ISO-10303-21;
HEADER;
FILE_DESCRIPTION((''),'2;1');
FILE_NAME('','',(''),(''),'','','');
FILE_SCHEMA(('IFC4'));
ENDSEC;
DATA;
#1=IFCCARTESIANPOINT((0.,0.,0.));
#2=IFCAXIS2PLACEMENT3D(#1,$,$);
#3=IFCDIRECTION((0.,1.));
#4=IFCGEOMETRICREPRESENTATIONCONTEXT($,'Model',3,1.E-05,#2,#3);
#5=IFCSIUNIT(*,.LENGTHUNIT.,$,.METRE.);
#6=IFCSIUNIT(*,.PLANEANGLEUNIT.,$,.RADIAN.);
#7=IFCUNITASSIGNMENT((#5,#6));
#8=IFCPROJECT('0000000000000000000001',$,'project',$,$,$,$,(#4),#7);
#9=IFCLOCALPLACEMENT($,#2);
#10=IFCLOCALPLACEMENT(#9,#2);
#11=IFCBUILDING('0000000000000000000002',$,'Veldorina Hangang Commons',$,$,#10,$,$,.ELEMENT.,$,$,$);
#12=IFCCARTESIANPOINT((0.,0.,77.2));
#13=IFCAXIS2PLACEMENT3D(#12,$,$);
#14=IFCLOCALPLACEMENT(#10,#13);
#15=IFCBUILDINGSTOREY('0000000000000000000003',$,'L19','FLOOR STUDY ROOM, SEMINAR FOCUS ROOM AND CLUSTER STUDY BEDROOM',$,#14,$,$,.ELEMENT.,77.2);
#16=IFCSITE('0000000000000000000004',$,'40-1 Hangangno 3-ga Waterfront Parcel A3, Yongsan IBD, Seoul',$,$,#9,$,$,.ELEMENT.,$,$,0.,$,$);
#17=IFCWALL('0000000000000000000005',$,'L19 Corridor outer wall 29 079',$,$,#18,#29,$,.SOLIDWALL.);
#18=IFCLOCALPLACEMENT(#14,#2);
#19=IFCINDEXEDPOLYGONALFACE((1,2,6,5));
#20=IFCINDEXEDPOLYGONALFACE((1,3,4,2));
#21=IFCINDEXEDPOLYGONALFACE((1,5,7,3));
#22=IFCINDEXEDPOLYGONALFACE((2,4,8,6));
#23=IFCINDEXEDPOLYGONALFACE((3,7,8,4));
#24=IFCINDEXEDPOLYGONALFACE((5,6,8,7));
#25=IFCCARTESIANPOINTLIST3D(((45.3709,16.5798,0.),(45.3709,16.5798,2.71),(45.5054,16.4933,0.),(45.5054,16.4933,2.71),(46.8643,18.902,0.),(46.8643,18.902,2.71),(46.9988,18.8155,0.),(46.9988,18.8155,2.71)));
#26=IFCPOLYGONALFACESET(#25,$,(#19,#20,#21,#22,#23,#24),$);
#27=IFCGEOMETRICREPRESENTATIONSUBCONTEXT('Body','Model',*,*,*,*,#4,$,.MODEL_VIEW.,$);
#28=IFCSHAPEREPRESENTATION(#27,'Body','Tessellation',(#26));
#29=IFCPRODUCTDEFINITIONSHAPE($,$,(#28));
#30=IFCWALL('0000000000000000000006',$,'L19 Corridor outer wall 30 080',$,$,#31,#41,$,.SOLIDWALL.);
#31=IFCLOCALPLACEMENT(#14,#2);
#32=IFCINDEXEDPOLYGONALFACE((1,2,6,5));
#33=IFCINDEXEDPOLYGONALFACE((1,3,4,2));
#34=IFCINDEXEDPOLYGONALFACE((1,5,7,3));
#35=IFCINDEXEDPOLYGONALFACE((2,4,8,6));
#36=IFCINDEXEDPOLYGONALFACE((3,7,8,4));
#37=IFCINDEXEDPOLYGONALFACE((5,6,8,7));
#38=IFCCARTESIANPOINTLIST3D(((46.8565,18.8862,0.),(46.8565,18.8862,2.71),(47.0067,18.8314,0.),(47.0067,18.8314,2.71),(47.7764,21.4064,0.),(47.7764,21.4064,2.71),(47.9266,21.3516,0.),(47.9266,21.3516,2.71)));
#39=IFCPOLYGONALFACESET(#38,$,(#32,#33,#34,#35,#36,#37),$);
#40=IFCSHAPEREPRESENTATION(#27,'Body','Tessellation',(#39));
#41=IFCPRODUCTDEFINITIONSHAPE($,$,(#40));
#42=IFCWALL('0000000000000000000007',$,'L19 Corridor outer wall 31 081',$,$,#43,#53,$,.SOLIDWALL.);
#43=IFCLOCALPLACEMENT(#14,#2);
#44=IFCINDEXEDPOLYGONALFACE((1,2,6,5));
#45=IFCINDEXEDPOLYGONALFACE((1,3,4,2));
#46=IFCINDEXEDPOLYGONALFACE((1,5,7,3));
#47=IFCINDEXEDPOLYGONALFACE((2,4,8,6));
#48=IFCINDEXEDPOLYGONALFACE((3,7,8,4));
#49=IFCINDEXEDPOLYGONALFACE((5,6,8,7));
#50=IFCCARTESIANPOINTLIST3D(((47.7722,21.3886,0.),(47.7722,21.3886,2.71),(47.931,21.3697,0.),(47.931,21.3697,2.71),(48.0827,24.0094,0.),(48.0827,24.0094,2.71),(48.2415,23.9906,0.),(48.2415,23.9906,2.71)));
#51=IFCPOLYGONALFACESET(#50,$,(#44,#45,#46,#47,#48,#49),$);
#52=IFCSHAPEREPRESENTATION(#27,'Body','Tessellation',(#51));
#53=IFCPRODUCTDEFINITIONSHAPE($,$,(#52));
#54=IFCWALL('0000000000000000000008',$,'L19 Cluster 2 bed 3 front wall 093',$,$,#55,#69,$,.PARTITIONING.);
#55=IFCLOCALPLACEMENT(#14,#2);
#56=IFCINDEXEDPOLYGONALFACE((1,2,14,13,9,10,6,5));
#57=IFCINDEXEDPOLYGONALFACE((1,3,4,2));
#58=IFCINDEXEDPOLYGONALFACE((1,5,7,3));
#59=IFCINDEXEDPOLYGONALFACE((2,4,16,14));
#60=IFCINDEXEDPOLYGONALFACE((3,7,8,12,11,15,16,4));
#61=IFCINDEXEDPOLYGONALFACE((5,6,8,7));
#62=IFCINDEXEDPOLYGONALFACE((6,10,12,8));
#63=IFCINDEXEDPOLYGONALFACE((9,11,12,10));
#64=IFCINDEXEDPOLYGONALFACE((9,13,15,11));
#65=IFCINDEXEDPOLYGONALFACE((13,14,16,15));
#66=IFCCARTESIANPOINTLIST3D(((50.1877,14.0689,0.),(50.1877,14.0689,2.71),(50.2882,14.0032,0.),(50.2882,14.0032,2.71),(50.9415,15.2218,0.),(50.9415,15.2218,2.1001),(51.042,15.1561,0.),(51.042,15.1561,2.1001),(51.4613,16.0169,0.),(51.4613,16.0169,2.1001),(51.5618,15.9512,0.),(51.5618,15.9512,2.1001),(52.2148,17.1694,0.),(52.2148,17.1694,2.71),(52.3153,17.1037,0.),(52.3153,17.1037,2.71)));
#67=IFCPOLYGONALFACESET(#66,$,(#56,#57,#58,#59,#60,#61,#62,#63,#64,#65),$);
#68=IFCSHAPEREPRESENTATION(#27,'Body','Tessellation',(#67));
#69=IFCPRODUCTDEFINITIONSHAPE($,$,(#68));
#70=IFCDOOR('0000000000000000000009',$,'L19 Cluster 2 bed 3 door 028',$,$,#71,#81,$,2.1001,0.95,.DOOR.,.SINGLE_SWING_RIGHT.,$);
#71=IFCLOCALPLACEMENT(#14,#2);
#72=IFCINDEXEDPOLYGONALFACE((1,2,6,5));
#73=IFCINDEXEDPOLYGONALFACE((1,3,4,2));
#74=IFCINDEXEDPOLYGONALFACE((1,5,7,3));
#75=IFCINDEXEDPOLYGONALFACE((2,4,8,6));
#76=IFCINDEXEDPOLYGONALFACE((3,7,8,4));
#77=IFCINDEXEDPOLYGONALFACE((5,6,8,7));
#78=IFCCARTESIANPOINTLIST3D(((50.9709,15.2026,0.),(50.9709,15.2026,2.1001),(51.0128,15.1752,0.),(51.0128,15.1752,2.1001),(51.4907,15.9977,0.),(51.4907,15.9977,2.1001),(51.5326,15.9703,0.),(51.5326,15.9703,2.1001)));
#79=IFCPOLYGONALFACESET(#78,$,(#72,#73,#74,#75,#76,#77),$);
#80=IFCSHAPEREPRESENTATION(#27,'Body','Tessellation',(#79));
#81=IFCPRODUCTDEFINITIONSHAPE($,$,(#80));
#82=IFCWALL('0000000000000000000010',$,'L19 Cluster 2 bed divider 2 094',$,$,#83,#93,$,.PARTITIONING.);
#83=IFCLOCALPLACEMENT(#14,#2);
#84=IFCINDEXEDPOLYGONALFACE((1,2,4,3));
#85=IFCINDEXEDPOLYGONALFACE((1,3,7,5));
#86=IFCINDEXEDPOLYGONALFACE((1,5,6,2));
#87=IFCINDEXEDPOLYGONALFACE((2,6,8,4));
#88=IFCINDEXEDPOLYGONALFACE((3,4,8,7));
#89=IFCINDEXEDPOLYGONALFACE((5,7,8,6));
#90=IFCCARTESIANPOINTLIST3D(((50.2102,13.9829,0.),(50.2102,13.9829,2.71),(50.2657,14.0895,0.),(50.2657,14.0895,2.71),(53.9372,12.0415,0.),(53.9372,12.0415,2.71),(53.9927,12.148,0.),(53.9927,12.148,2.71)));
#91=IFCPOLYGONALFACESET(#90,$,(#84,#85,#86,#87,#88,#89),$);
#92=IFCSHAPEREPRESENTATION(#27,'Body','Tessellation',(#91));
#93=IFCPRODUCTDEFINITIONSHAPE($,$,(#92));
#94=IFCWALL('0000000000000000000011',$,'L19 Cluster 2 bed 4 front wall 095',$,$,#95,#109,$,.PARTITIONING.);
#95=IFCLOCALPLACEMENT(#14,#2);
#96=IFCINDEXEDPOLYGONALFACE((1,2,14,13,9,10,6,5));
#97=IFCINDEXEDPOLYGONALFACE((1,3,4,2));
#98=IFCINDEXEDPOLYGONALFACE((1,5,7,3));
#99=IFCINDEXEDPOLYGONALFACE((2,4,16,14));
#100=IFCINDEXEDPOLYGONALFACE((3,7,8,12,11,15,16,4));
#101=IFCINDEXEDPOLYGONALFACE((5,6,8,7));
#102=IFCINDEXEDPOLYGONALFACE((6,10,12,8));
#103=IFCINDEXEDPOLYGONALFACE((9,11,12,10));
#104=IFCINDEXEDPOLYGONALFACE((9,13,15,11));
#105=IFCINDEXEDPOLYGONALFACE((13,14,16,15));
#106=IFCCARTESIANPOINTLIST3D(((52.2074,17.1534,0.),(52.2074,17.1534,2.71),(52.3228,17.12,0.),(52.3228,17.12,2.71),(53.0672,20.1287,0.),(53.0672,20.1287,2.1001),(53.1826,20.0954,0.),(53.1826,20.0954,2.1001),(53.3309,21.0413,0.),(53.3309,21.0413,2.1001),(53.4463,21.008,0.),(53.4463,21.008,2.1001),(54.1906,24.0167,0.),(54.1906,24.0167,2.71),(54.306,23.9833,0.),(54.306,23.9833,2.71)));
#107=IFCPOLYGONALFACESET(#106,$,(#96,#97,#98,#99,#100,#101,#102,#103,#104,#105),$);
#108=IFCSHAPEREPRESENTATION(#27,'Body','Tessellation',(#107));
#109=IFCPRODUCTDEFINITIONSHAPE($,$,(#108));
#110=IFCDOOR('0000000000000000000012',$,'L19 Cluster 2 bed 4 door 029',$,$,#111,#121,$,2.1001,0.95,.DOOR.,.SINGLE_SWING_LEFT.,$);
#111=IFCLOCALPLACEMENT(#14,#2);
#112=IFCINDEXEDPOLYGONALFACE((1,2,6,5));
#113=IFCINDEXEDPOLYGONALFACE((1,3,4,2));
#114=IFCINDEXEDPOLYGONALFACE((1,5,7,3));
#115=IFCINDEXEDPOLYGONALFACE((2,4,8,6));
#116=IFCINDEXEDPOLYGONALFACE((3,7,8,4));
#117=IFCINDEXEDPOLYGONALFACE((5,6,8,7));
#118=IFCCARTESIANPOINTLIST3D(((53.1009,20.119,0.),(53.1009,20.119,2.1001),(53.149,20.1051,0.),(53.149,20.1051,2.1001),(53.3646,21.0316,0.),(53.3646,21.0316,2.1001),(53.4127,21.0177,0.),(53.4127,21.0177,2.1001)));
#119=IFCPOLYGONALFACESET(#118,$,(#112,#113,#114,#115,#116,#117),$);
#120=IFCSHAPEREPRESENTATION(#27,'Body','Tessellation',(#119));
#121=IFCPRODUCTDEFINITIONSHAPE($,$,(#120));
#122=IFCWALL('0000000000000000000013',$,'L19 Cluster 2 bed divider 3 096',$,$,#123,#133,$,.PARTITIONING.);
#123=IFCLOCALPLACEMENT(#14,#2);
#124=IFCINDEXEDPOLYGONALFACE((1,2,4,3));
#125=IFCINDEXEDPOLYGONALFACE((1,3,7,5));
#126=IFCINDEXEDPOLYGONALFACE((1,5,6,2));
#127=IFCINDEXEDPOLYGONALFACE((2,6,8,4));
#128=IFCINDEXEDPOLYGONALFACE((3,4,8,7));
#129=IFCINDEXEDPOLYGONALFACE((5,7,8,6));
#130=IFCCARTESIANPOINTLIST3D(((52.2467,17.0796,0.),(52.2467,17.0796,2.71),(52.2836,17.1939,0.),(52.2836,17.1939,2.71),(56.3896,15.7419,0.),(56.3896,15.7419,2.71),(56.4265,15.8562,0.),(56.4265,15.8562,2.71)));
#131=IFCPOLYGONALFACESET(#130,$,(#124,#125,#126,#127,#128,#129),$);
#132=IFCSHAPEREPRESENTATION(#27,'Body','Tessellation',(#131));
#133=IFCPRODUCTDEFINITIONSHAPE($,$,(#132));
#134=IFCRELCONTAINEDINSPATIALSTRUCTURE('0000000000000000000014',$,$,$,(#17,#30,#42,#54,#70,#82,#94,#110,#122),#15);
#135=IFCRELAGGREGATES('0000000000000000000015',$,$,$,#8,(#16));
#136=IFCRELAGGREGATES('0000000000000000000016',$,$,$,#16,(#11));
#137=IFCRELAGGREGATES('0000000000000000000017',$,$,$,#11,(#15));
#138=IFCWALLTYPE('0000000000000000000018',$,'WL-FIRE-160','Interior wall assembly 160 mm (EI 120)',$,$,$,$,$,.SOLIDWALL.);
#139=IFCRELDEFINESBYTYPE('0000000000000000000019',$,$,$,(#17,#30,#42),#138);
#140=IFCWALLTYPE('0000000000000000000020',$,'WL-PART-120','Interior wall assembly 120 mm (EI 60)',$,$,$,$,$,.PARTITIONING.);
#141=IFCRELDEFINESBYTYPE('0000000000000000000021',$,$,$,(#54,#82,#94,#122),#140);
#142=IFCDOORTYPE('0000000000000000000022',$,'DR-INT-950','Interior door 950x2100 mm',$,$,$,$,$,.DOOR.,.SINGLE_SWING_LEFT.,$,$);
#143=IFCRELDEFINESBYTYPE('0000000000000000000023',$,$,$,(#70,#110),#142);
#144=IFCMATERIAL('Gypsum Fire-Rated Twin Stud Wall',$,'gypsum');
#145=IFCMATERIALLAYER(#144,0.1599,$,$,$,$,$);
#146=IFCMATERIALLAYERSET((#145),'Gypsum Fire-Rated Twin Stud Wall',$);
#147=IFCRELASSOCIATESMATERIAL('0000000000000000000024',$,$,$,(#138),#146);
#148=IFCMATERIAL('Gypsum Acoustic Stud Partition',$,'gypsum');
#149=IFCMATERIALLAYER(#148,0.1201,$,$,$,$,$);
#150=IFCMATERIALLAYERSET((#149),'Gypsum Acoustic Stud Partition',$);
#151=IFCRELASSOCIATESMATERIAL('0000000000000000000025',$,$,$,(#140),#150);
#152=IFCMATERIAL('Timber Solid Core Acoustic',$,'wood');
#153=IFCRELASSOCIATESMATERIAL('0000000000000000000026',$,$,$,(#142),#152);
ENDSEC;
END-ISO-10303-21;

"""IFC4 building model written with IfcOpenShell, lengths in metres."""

from ifc_helpers import new_model, si_unit, direction, frame, frame_2d, origin, place, context, subcontext, project, spatial, rectangle, extrude, material, layer, layer_set, type_object, element, fill, save


model = new_model("IFC4")

# Units and contexts
model_context = context("Model", 3, precision=1e-05, world=origin(), true_north=direction((0.0, 1.0)))
body_context = subcontext(model_context, "Body", "Model", "MODEL_VIEW")
ifc_project = project(units=[si_unit("LENGTHUNIT", "METRE"), si_unit("PLANEANGLEUNIT", "RADIAN")], contexts=[model_context])

# Site, building, storey
site_placement = place(None, origin())
site = spatial("IfcSite", under=ifc_project, at=site_placement, Name="40-1 Hangangno 3-ga Waterfront Parcel A3, Yongsan IBD, Seoul", CompositionType="ELEMENT", RefElevation=0.0)
building_placement = place(site_placement, origin())
building = spatial("IfcBuilding", under=site, at=building_placement, Name="Veldorina Hangang Commons", CompositionType="ELEMENT")
storey_placement = place(building_placement, frame((0.0, 0.0, 77.2)))
storey = spatial("IfcBuildingStorey", under=building, at=storey_placement, Name="L19", Description="FLOOR STUDY ROOM, SEMINAR FOCUS ROOM AND CLUSTER STUDY BEDROOM", CompositionType="ELEMENT", Elevation=77.2)

# Walls
ifc_material_1 = material(Name="Gypsum Fire-Rated Twin Stud Wall", Category="gypsum")
ifc_layer_1 = layer(ifc_material_1, 0.1599)
ifc_layer_set_1 = layer_set([ifc_layer_1], Name="Gypsum Fire-Rated Twin Stud Wall")
wall_type_1 = type_object("IfcWallType", Name="WL-FIRE-160", Description="Interior wall assembly 160 mm (EI 120)", PredefinedType="SOLIDWALL", material=ifc_layer_set_1)
wall_1_placement = place(storey_placement, frame((45.4382, 16.5366, 0.0), z_axis=(0.0, 0.0, 1.0), x_axis=(0.540892, 0.841092, 0.0)))
element("IfcWall", 1, at=wall_1_placement, inside=storey, type_object=wall_type_1, Name="L19 Corridor outer wall 29 079", PredefinedType="SOLIDWALL", context=body_context, shape_type="SweptSolid", body=[
    extrude(rectangle(XDim=2.761, YDim=0.1599, at=frame_2d((1.3804, 0.0))), origin(), (0.0, 0.0, 1.0), 2.71),
])
wall_2_placement = place(storey_placement, frame((46.9316, 18.8589, 0.0), z_axis=(0.0, 0.0, 1.0), x_axis=(0.342883, 0.939378, 0.0)))
element("IfcWall", 2, at=wall_2_placement, inside=storey, type_object=wall_type_1, Name="L19 Corridor outer wall 30 080", PredefinedType="SOLIDWALL", context=body_context, shape_type="SweptSolid", body=[
    extrude(rectangle(XDim=2.6829, YDim=0.1599, at=frame_2d((1.3413, 0.0))), origin(), (0.0, 0.0, 1.0), 2.71),
])
wall_3_placement = place(storey_placement, frame((47.8516, 21.3792, 0.0), z_axis=(0.0, 0.0, 1.0), x_axis=(0.117668, 0.993053, 0.0)))
element("IfcWall", 3, at=wall_3_placement, inside=storey, type_object=wall_type_1, Name="L19 Corridor outer wall 31 081", PredefinedType="SOLIDWALL", context=body_context, shape_type="SweptSolid", body=[
    extrude(rectangle(XDim=2.6392, YDim=0.1599, at=frame_2d((1.3196, 0.0))), origin(), (0.0, 0.0, 1.0), 2.71),
])

# Wall, opening, door
ifc_material_2 = material(Name="Gypsum Acoustic Stud Partition", Category="gypsum")
ifc_layer_2 = layer(ifc_material_2, 0.1201)
ifc_layer_set_2 = layer_set([ifc_layer_2], Name="Gypsum Acoustic Stud Partition")
wall_type_2 = type_object("IfcWallType", Name="WL-PART-120", Description="Interior wall assembly 120 mm (EI 60)", PredefinedType="PARTITIONING", material=ifc_layer_set_2)
wall_4_placement = place(storey_placement, frame((50.238, 14.0361, 0.0), z_axis=(0.0, 0.0, 1.0), x_axis=(0.54721, 0.836995, 0.0)))
wall_4 = element("IfcWall", 4, at=wall_4_placement, inside=storey, type_object=wall_type_2, Name="L19 Cluster 2 bed 3 front wall 093", PredefinedType="PARTITIONING", context=body_context, shape_type="SweptSolid", body=[
    extrude(rectangle(XDim=3.7043, YDim=0.1201, at=frame_2d((1.8521, 0.0))), origin(), (0.0, 0.0, 1.0), 2.71),
])
opening_1_placement = place(wall_4_placement, frame((1.3772, 0.0, 0.0)))
opening_1 = element("IfcOpeningElement", 5, at=opening_1_placement, cuts=wall_4, PredefinedType="OPENING", context=body_context, shape_type="SweptSolid", body=[
    extrude(rectangle(XDim=0.95, YDim=2.1001, at=frame_2d((0.4751, 1.05))), frame((0.0, 0.0701, 0.0), z_axis=(0.0, -1.0, 0.0), x_axis=(1.0, 0.0, 0.0)), (0.0, 0.0, 1.0), 0.1401),
])
ifc_material_3 = material(Name="Timber Solid Core Acoustic", Category="wood")
door_type = type_object("IfcDoorType", Name="DR-INT-950", Description="Interior door 950x2100 mm", OperationType="SINGLE_SWING_LEFT", PredefinedType="DOOR", material=ifc_material_3)
door_1_placement = place(opening_1_placement, origin())
door_1 = element("IfcDoor", 6, at=door_1_placement, inside=storey, type_object=door_type, Name="L19 Cluster 2 bed 3 door 028", OperationType="SINGLE_SWING_RIGHT", OverallHeight=2.1001, OverallWidth=0.95, PredefinedType="DOOR", context=body_context, shape_type="SweptSolid", body=[
    extrude(rectangle(XDim=0.95, YDim=2.1001, at=frame_2d((0.4751, 1.05))), frame((0.0, 0.0249, 0.0), z_axis=(0.0, -1.0, 0.0), x_axis=(1.0, 0.0, 0.0)), (0.0, 0.0, 1.0), 0.05),
])
fill(opening_1, door_1)

# Wall
wall_5_placement = place(storey_placement, frame((50.238, 14.0361, 0.0), z_axis=(0.0, 0.0, 1.0), x_axis=(0.886891, -0.461978, 0.0)))
element("IfcWall", 7, at=wall_5_placement, inside=storey, type_object=wall_type_2, Name="L19 Cluster 2 bed divider 2 094", PredefinedType="PARTITIONING", context=body_context, shape_type="SweptSolid", body=[
    extrude(rectangle(XDim=4.2024, YDim=0.1201, at=frame_2d((2.1011, 0.0))), origin(), (0.0, 0.0, 1.0), 2.71),
])

# Wall, opening, door
wall_6_placement = place(storey_placement, frame((52.2651, 17.1367, 0.0), z_axis=(0.0, 0.0, 1.0), x_axis=(0.277595, 0.960698, 0.0)))
wall_6 = element("IfcWall", 8, at=wall_6_placement, inside=storey, type_object=wall_type_2, Name="L19 Cluster 2 bed 4 front wall 095", PredefinedType="PARTITIONING", context=body_context, shape_type="SweptSolid", body=[
    extrude(rectangle(XDim=7.144, YDim=0.1201, at=frame_2d((3.572, 0.0))), origin(), (0.0, 0.0, 1.0), 2.71),
])
opening_2_placement = place(wall_6_placement, frame((3.0969, 0.0, 0.0)))
opening_2 = element("IfcOpeningElement", 9, at=opening_2_placement, cuts=wall_6, PredefinedType="OPENING", context=body_context, shape_type="SweptSolid", body=[
    extrude(rectangle(XDim=0.95, YDim=2.1001, at=frame_2d((0.4751, 1.05))), frame((0.0, 0.0701, 0.0), z_axis=(0.0, -1.0, 0.0), x_axis=(1.0, 0.0, 0.0)), (0.0, 0.0, 1.0), 0.1401),
])
door_2_placement = place(opening_2_placement, origin())
door_2 = element("IfcDoor", 10, at=door_2_placement, inside=storey, type_object=door_type, Name="L19 Cluster 2 bed 4 door 029", OperationType="SINGLE_SWING_LEFT", OverallHeight=2.1001, OverallWidth=0.95, PredefinedType="DOOR", context=body_context, shape_type="SweptSolid", body=[
    extrude(rectangle(XDim=0.95, YDim=2.1001, at=frame_2d((0.4751, 1.05))), frame((0.0, 0.0249, 0.0), z_axis=(0.0, -1.0, 0.0), x_axis=(1.0, 0.0, 0.0)), (0.0, 0.0, 1.0), 0.05),
])
fill(opening_2, door_2)

# Wall
wall_7_placement = place(storey_placement, frame((52.2651, 17.1367, 0.0), z_axis=(0.0, 0.0, 1.0), x_axis=(0.951625, -0.307263, 0.0)))
element("IfcWall", 11, at=wall_7_placement, inside=storey, type_object=wall_type_2, Name="L19 Cluster 2 bed divider 3 096", PredefinedType="PARTITIONING", context=body_context, shape_type="SweptSolid", body=[
    extrude(rectangle(XDim=4.3535, YDim=0.1201, at=frame_2d((2.1768, 0.0))), origin(), (0.0, 0.0, 1.0), 2.71),
])

save(model, "model.ifc")
